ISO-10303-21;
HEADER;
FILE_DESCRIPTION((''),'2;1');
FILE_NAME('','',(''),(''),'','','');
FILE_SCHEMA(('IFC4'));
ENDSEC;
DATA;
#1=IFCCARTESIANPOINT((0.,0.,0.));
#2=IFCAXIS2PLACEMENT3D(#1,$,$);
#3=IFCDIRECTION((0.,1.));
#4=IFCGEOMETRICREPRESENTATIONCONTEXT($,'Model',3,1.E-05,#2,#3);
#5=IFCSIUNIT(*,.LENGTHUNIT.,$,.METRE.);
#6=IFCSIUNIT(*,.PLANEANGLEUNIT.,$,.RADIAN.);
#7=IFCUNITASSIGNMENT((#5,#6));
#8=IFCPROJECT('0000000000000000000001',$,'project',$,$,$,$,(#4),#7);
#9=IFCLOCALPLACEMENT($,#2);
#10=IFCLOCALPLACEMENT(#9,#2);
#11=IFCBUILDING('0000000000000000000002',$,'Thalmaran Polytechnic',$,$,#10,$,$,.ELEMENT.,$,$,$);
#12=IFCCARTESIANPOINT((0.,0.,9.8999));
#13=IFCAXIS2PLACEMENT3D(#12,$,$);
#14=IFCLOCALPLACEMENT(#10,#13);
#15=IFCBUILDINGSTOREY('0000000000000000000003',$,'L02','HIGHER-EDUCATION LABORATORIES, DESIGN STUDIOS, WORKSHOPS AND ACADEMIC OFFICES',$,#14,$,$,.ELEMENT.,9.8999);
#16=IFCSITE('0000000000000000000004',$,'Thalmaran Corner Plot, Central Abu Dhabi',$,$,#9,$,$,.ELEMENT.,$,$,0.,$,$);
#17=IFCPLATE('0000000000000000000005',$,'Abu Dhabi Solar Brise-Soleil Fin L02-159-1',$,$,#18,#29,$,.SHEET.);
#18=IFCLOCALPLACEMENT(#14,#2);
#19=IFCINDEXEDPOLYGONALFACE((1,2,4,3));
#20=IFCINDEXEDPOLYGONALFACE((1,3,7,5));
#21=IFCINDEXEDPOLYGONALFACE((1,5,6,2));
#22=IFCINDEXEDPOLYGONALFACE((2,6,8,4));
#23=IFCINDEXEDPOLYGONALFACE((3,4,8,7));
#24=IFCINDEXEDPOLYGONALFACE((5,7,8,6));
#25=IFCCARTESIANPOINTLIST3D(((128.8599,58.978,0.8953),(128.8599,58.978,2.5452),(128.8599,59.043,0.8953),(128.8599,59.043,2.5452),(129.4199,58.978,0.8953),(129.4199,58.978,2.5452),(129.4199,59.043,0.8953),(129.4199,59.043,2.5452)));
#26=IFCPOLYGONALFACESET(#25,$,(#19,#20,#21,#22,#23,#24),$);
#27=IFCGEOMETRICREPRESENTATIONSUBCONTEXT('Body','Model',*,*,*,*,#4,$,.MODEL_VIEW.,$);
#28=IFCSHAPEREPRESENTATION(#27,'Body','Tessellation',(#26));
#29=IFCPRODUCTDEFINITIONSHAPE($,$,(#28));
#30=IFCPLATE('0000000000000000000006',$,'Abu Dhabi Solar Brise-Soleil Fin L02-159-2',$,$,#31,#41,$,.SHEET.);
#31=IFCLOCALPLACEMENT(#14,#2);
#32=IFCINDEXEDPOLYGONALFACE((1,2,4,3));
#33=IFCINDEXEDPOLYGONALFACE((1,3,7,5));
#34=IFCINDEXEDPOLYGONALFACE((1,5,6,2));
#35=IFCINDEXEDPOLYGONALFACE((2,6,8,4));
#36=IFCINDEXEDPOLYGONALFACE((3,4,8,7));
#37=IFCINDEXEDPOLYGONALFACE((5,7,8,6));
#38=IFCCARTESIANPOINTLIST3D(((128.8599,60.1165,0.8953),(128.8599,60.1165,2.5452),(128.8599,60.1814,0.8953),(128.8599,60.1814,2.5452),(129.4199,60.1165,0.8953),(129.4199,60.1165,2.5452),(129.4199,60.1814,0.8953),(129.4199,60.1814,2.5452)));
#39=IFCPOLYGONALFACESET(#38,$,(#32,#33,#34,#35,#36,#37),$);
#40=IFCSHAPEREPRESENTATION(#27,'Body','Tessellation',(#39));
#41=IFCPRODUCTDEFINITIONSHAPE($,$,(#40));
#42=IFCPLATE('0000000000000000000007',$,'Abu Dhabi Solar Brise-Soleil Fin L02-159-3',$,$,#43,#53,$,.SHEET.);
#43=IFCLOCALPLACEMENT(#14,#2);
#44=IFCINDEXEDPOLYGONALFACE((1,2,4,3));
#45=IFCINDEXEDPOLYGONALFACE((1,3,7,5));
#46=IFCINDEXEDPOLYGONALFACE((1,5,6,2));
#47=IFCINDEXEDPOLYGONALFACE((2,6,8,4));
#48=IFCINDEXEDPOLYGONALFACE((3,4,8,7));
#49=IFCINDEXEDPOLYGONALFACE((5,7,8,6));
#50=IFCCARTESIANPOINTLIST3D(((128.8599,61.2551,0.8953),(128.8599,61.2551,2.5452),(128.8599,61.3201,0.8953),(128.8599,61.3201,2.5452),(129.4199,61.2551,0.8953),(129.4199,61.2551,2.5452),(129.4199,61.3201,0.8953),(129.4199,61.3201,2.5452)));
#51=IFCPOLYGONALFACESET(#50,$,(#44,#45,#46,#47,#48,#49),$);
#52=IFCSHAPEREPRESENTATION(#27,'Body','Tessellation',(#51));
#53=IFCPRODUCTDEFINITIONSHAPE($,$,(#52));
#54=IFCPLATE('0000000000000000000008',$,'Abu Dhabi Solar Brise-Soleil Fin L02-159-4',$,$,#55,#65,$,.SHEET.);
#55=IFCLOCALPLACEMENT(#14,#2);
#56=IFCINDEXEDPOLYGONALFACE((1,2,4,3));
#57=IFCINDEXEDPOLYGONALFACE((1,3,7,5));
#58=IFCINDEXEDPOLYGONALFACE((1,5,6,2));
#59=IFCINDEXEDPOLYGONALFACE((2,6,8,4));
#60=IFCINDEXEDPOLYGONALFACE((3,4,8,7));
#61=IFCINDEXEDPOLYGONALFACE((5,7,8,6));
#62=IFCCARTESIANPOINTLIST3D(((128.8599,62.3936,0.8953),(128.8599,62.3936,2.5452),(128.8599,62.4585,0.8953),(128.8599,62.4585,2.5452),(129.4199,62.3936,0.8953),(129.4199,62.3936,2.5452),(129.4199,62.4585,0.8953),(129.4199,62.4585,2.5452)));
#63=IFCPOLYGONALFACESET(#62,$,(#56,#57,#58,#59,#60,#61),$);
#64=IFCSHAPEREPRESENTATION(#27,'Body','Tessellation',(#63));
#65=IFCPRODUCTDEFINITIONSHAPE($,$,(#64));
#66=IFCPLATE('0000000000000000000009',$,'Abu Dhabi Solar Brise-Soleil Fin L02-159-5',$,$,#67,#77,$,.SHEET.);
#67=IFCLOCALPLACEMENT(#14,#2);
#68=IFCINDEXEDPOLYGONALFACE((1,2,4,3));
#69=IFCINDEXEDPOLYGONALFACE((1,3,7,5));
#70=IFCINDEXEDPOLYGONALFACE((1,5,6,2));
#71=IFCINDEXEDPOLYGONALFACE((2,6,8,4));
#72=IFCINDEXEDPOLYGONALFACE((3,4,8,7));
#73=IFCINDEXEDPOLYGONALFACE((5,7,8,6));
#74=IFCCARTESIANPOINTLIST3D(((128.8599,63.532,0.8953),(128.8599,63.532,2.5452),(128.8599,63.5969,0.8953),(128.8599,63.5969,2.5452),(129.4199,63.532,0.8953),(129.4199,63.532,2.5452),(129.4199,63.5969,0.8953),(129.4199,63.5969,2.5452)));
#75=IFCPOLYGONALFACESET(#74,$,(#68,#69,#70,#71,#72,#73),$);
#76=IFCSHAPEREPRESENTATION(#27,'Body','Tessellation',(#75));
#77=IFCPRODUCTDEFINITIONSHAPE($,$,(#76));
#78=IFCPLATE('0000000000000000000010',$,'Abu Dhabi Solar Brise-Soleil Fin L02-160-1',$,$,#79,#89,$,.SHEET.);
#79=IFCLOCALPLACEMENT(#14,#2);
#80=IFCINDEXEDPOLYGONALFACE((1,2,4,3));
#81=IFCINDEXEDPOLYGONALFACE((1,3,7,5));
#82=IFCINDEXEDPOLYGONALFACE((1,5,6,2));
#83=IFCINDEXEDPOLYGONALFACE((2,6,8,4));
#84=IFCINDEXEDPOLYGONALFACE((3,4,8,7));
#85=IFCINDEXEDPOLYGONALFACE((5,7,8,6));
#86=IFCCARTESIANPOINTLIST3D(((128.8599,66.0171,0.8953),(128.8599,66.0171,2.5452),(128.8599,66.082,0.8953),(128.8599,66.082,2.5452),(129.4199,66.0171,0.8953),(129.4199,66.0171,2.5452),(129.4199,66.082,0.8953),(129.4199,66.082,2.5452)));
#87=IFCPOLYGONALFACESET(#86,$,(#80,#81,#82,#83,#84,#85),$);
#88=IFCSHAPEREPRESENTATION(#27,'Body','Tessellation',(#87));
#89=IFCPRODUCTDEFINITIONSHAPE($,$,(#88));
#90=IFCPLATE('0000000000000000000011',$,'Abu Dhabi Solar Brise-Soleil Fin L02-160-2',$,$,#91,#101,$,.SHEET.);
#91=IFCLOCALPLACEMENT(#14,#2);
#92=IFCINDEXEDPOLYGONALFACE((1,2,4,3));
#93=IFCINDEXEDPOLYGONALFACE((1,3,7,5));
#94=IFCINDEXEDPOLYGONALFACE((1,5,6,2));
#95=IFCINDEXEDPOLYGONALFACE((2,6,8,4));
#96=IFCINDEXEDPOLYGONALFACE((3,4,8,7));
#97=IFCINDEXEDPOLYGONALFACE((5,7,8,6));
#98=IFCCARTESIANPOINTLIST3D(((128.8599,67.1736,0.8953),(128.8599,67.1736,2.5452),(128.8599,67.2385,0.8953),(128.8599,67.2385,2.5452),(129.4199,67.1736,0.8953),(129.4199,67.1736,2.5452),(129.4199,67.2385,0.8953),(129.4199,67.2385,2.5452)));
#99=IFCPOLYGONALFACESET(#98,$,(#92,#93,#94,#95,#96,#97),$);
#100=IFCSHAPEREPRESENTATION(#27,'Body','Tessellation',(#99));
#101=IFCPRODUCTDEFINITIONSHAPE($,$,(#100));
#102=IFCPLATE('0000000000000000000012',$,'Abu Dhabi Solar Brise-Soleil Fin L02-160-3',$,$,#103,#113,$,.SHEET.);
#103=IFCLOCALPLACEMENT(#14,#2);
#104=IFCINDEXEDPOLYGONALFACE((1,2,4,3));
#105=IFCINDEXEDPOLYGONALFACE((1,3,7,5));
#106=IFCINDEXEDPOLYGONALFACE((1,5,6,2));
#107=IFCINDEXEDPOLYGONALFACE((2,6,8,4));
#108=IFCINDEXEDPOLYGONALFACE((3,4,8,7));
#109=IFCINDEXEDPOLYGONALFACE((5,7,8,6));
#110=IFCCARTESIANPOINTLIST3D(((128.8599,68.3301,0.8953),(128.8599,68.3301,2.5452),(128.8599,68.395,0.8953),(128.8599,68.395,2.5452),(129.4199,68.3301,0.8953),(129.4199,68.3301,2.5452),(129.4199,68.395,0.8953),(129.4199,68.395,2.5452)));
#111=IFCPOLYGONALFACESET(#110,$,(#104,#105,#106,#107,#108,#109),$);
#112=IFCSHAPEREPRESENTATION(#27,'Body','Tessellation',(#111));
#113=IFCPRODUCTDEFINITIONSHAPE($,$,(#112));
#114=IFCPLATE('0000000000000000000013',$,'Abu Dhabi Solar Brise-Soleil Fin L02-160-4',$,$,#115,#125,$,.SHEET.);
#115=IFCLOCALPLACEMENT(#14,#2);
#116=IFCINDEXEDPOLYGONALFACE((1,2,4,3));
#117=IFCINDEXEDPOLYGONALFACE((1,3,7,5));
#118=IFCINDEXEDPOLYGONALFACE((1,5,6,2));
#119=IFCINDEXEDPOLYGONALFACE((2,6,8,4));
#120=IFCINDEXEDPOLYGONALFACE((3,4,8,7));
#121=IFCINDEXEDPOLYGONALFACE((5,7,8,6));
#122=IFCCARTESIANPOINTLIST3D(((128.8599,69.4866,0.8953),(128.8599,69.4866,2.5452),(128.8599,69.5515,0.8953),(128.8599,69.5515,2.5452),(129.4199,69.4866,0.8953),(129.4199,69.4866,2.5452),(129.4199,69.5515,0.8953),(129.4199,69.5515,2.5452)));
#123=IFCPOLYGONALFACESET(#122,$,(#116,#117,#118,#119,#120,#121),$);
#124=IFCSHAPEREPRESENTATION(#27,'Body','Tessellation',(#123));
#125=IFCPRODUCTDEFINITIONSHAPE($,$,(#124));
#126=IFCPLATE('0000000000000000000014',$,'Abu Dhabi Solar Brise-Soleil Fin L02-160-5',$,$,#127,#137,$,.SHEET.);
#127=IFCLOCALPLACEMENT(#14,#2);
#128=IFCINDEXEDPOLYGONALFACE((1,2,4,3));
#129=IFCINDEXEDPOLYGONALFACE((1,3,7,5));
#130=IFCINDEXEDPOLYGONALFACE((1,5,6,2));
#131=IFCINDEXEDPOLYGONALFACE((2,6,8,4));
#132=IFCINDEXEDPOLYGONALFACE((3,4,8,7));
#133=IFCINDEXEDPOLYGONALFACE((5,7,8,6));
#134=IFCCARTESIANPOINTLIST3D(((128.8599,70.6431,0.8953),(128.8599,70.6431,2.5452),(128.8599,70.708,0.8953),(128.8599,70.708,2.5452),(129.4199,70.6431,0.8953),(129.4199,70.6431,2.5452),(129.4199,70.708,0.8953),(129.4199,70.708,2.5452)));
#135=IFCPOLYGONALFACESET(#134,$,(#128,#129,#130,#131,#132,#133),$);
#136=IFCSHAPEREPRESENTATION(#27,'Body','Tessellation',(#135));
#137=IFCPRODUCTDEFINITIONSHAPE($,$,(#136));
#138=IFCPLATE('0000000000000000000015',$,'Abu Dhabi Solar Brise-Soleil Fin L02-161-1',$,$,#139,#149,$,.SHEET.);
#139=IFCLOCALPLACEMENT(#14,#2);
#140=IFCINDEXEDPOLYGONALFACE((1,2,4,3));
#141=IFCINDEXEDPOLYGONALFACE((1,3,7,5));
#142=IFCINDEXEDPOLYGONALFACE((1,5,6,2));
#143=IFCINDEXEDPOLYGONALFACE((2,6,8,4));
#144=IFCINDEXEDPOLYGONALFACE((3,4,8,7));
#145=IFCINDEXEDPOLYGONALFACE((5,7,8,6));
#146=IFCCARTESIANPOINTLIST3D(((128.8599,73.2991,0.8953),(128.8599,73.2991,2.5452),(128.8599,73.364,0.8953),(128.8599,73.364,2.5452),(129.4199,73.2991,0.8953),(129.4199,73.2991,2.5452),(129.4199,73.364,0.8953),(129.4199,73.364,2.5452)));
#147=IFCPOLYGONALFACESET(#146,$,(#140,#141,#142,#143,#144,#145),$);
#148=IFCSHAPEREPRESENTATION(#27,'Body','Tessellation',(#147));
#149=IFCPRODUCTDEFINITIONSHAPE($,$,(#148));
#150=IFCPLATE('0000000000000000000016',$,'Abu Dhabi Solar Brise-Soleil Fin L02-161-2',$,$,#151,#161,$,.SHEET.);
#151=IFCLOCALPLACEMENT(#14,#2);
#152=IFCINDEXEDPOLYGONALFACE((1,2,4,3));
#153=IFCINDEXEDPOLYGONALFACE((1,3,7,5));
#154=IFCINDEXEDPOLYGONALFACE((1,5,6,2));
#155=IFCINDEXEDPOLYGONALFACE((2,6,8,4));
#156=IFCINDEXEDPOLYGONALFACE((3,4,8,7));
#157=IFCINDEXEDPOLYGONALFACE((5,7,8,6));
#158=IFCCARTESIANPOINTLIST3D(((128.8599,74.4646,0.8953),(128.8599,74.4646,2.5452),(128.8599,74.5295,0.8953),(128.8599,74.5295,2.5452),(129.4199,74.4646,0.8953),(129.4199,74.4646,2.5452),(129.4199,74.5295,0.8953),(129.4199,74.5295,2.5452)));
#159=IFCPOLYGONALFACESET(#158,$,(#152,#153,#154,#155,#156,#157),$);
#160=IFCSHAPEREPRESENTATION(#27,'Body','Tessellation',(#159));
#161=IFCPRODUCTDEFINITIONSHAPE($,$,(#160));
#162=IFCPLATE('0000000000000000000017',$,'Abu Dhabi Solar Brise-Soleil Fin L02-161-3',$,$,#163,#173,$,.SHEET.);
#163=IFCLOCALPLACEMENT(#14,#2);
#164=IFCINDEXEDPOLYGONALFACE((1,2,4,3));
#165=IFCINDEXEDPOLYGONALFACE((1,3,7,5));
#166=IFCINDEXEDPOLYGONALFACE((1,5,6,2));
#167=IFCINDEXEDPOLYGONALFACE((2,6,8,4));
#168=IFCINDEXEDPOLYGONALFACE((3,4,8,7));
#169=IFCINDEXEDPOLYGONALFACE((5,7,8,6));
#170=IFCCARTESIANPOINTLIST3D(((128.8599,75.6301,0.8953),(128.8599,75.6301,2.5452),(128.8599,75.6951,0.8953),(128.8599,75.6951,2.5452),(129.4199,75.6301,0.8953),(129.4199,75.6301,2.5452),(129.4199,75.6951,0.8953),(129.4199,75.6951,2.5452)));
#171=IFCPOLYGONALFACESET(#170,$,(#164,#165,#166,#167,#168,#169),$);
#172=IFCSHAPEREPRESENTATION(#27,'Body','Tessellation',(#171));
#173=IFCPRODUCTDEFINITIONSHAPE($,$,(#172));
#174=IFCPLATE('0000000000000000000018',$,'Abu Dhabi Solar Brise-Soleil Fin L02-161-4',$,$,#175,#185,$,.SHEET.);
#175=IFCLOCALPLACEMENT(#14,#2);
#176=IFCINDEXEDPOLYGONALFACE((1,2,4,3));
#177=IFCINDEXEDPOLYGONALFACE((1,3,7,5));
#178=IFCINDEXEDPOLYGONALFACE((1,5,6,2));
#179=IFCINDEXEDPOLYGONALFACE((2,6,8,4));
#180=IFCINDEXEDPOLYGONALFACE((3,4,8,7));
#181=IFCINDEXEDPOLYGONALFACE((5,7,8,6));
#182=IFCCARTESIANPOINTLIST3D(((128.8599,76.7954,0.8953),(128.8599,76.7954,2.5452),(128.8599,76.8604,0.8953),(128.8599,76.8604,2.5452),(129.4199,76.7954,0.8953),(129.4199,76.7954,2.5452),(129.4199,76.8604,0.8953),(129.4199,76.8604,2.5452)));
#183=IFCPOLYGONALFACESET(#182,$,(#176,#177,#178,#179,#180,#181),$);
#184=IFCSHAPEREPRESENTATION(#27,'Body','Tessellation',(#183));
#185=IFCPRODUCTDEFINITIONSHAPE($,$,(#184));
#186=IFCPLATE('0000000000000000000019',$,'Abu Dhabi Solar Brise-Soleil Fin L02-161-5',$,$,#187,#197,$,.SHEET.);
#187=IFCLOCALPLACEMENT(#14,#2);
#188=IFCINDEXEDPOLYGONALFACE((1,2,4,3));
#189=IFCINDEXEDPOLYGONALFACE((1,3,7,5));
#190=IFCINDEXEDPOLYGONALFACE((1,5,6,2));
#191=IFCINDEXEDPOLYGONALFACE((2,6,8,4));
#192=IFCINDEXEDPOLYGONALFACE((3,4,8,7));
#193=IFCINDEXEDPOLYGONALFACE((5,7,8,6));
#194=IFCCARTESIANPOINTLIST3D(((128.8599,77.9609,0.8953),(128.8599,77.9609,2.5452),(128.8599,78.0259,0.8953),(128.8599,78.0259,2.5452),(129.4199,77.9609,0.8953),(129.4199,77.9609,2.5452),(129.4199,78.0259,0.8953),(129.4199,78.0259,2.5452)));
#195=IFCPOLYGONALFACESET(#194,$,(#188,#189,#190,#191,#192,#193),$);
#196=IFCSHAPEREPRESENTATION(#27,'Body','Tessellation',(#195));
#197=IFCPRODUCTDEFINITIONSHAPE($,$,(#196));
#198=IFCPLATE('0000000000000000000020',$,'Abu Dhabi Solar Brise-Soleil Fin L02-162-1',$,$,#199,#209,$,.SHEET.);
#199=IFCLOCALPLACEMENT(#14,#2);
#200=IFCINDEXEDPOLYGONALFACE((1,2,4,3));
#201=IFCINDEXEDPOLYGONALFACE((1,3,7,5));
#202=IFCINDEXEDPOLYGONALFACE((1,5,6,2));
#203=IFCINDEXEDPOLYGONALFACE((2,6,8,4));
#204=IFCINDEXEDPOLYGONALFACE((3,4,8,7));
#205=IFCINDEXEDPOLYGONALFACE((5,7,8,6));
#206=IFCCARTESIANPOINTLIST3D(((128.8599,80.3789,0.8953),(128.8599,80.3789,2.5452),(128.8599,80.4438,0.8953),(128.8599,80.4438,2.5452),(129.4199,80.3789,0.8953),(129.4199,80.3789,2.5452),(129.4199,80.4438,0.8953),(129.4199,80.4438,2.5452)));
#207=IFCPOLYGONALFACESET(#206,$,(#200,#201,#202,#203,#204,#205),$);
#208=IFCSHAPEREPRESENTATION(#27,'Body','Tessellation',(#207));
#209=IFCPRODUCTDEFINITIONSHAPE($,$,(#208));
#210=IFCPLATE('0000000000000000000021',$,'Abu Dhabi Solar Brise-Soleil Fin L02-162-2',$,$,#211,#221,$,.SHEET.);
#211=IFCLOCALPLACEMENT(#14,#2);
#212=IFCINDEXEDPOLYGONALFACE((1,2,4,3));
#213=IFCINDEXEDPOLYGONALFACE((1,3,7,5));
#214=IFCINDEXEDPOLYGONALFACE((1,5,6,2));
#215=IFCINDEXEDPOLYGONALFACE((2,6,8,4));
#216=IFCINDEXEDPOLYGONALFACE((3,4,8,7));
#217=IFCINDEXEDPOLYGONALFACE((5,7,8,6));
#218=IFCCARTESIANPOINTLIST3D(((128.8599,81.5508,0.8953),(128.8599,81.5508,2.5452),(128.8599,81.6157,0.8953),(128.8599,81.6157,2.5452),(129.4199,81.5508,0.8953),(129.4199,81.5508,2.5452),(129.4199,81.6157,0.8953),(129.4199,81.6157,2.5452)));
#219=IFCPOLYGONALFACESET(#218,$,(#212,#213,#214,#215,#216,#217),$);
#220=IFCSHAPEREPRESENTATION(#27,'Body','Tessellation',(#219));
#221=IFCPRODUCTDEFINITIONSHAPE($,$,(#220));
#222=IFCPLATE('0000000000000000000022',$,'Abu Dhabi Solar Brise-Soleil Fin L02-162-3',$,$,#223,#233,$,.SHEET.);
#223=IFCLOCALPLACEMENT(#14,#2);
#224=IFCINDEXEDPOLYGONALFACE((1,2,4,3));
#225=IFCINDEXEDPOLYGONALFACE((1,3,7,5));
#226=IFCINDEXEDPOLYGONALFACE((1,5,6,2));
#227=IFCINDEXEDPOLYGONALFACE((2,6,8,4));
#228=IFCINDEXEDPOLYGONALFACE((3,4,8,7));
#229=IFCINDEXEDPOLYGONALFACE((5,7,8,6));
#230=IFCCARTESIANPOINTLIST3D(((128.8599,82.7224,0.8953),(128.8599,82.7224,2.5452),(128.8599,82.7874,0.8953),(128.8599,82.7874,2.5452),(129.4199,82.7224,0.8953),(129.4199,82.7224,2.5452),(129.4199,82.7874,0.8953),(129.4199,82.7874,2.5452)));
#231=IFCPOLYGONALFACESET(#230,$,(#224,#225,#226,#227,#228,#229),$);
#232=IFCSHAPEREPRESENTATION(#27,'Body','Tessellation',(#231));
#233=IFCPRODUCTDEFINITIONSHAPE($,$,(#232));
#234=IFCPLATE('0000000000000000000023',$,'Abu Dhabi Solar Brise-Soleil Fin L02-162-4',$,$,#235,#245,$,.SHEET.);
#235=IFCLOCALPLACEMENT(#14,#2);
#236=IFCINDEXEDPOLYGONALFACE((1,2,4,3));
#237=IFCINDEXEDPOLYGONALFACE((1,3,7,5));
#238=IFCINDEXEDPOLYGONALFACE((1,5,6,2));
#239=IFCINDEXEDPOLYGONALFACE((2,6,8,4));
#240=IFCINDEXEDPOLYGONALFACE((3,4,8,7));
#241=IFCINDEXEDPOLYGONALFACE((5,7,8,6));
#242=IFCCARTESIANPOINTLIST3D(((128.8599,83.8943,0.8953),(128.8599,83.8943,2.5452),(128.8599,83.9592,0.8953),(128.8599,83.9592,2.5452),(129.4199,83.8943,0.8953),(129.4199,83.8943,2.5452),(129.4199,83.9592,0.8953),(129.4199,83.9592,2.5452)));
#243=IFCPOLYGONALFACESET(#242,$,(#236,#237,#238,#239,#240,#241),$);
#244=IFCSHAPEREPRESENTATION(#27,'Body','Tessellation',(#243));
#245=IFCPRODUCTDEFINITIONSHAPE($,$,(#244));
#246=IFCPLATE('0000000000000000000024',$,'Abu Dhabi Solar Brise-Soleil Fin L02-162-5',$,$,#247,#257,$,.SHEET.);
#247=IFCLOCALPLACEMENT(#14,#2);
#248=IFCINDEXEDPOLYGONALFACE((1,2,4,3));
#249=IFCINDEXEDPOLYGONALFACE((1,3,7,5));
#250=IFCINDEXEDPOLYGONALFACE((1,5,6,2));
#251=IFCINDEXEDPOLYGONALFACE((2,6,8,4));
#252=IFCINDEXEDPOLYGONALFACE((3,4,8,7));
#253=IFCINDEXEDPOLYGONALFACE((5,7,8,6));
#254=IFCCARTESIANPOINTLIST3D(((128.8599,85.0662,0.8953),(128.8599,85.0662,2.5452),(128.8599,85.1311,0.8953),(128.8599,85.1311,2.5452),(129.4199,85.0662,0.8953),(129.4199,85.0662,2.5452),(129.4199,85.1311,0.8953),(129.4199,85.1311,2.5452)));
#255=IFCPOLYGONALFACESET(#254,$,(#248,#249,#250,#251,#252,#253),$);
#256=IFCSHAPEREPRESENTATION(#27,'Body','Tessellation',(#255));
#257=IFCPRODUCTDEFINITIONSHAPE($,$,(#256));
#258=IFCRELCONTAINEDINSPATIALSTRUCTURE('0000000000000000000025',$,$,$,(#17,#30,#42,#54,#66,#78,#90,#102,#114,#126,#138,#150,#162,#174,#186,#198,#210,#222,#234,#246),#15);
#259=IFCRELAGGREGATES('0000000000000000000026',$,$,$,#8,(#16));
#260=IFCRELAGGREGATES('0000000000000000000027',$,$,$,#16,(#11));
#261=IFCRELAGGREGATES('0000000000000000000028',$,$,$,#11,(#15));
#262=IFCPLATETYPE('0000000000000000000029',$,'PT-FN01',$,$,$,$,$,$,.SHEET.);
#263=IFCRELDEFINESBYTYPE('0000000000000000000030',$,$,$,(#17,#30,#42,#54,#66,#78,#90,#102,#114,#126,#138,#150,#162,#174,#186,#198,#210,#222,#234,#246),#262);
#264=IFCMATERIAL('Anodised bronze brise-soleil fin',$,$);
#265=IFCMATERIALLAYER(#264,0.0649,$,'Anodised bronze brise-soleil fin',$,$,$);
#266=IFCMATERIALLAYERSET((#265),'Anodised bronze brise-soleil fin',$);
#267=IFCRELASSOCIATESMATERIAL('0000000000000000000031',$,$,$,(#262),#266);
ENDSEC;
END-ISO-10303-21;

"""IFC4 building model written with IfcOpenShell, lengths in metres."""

from ifc_helpers import new_model, si_unit, direction, frame, origin, origin_2d, place, context, subcontext, project, spatial, rectangle, extrude, material, layer, layer_set, type_object, element, save


model = new_model("IFC4")

# Units and contexts
model_context = context("Model", 3, precision=1e-05, world=origin(), true_north=direction((0.0, 1.0)))
body_context = subcontext(model_context, "Body", "Model", "MODEL_VIEW")
ifc_project = project(units=[si_unit("LENGTHUNIT", "METRE"), si_unit("PLANEANGLEUNIT", "RADIAN")], contexts=[model_context])

# Site, building, storey
site_placement = place(None, origin())
site = spatial("IfcSite", under=ifc_project, at=site_placement, Name="Thalmaran Corner Plot, Central Abu Dhabi", CompositionType="ELEMENT", RefElevation=0.0)
building_placement = place(site_placement, origin())
building = spatial("IfcBuilding", under=site, at=building_placement, Name="Thalmaran Polytechnic", CompositionType="ELEMENT")
storey_placement = place(building_placement, frame((0.0, 0.0, 9.8999)))
storey = spatial("IfcBuildingStorey", under=building, at=storey_placement, Name="L02", Description="HIGHER-EDUCATION LABORATORIES, DESIGN STUDIOS, WORKSHOPS AND ACADEMIC OFFICES", CompositionType="ELEMENT", Elevation=9.8999)

# Plates
ifc_material_1 = material(Name="Anodised bronze brise-soleil fin")
ifc_layer_1 = layer(ifc_material_1, 0.0649, Name="Anodised bronze brise-soleil fin")
ifc_layer_set_1 = layer_set([ifc_layer_1], Name="Anodised bronze brise-soleil fin")
plate_type_1 = type_object("IfcPlateType", Name="PT-FN01", PredefinedType="SHEET", material=ifc_layer_set_1)
for number, where, z_axis, x_axis, name in (
    (1, (129.1399, 59.0105, 0.8953), (0.0, 0.0, 1.0), (0.0, 1.0, 0.0), "Abu Dhabi Solar Brise-Soleil Fin L02-159-1"),
    (2, (129.1399, 60.1489, 0.8953), (0.0, 0.0, 1.0), (0.0, 1.0, 0.0), "Abu Dhabi Solar Brise-Soleil Fin L02-159-2"),
    (3, (129.1399, 61.2876, 0.8953), (0.0, 0.0, 1.0), (0.0, 1.0, 0.0), "Abu Dhabi Solar Brise-Soleil Fin L02-159-3"),
    (4, (129.1399, 62.426, 0.8953), (0.0, 0.0, 1.0), (0.0, 1.0, 0.0), "Abu Dhabi Solar Brise-Soleil Fin L02-159-4"),
    (5, (129.1399, 63.5645, 0.8953), (0.0, 0.0, 1.0), (0.0, 1.0, 0.0), "Abu Dhabi Solar Brise-Soleil Fin L02-159-5"),
    (6, (129.1399, 66.0496, 0.8953), (0.0, 0.0, 1.0), (0.0, 1.0, 0.0), "Abu Dhabi Solar Brise-Soleil Fin L02-160-1"),
    (7, (129.1399, 67.2061, 0.8953), (0.0, 0.0, 1.0), (0.0, 1.0, 0.0), "Abu Dhabi Solar Brise-Soleil Fin L02-160-2"),
    (8, (129.1399, 68.3625, 0.8953), (0.0, 0.0, 1.0), (0.0, 1.0, 0.0), "Abu Dhabi Solar Brise-Soleil Fin L02-160-3"),
    (9, (129.1399, 69.519, 0.8953), (0.0, 0.0, 1.0), (0.0, 1.0, 0.0), "Abu Dhabi Solar Brise-Soleil Fin L02-160-4"),
    (10, (129.1399, 70.6755, 0.8953), (0.0, 0.0, 1.0), (0.0, 1.0, 0.0), "Abu Dhabi Solar Brise-Soleil Fin L02-160-5"),
    (11, (129.1399, 73.3315, 0.8953), (0.0, 0.0, 1.0), (0.0, 1.0, 0.0), "Abu Dhabi Solar Brise-Soleil Fin L02-161-1"),
    (12, (129.1399, 74.4971, 0.8953), (0.0, 0.0, 1.0), (0.0, 1.0, 0.0), "Abu Dhabi Solar Brise-Soleil Fin L02-161-2"),
    (13, (129.1399, 75.6626, 0.8953), (0.0, 0.0, 1.0), (0.0, 1.0, 0.0), "Abu Dhabi Solar Brise-Soleil Fin L02-161-3"),
    (14, (129.1399, 76.8279, 0.8953), (0.0, 0.0, 1.0), (0.0, 1.0, 0.0), "Abu Dhabi Solar Brise-Soleil Fin L02-161-4"),
    (15, (129.1399, 77.9934, 0.8953), (0.0, 0.0, 1.0), (0.0, 1.0, 0.0), "Abu Dhabi Solar Brise-Soleil Fin L02-161-5"),
    (16, (129.1399, 80.4114, 0.8953), (0.0, 0.0, 1.0), (0.0, 1.0, 0.0), "Abu Dhabi Solar Brise-Soleil Fin L02-162-1"),
    (17, (129.1399, 81.5833, 0.8953), (0.0, 0.0, 1.0), (0.0, 1.0, 0.0), "Abu Dhabi Solar Brise-Soleil Fin L02-162-2"),
    (18, (129.1399, 82.7549, 0.8953), (0.0, 0.0, 1.0), (0.0, 1.0, 0.0), "Abu Dhabi Solar Brise-Soleil Fin L02-162-3"),
    (19, (129.1399, 83.9268, 0.8953), (0.0, 0.0, 1.0), (0.0, 1.0, 0.0), "Abu Dhabi Solar Brise-Soleil Fin L02-162-4"),
    (20, (129.1399, 85.0986, 0.8953), (0.0, 0.0, 1.0), (0.0, 1.0, 0.0), "Abu Dhabi Solar Brise-Soleil Fin L02-162-5"),
):
    element("IfcPlate", number, at=place(storey_placement, frame(where, z_axis=z_axis, x_axis=x_axis)), inside=storey, type_object=plate_type_1, Name=name, PredefinedType="SHEET", context=body_context, shape_type="SweptSolid", body=[
        extrude(rectangle(XDim=0.0649, YDim=0.5601, at=origin_2d()), origin(), (0.0, 0.0, 1.0), 1.6499),
    ])

save(model, "model.ifc")
